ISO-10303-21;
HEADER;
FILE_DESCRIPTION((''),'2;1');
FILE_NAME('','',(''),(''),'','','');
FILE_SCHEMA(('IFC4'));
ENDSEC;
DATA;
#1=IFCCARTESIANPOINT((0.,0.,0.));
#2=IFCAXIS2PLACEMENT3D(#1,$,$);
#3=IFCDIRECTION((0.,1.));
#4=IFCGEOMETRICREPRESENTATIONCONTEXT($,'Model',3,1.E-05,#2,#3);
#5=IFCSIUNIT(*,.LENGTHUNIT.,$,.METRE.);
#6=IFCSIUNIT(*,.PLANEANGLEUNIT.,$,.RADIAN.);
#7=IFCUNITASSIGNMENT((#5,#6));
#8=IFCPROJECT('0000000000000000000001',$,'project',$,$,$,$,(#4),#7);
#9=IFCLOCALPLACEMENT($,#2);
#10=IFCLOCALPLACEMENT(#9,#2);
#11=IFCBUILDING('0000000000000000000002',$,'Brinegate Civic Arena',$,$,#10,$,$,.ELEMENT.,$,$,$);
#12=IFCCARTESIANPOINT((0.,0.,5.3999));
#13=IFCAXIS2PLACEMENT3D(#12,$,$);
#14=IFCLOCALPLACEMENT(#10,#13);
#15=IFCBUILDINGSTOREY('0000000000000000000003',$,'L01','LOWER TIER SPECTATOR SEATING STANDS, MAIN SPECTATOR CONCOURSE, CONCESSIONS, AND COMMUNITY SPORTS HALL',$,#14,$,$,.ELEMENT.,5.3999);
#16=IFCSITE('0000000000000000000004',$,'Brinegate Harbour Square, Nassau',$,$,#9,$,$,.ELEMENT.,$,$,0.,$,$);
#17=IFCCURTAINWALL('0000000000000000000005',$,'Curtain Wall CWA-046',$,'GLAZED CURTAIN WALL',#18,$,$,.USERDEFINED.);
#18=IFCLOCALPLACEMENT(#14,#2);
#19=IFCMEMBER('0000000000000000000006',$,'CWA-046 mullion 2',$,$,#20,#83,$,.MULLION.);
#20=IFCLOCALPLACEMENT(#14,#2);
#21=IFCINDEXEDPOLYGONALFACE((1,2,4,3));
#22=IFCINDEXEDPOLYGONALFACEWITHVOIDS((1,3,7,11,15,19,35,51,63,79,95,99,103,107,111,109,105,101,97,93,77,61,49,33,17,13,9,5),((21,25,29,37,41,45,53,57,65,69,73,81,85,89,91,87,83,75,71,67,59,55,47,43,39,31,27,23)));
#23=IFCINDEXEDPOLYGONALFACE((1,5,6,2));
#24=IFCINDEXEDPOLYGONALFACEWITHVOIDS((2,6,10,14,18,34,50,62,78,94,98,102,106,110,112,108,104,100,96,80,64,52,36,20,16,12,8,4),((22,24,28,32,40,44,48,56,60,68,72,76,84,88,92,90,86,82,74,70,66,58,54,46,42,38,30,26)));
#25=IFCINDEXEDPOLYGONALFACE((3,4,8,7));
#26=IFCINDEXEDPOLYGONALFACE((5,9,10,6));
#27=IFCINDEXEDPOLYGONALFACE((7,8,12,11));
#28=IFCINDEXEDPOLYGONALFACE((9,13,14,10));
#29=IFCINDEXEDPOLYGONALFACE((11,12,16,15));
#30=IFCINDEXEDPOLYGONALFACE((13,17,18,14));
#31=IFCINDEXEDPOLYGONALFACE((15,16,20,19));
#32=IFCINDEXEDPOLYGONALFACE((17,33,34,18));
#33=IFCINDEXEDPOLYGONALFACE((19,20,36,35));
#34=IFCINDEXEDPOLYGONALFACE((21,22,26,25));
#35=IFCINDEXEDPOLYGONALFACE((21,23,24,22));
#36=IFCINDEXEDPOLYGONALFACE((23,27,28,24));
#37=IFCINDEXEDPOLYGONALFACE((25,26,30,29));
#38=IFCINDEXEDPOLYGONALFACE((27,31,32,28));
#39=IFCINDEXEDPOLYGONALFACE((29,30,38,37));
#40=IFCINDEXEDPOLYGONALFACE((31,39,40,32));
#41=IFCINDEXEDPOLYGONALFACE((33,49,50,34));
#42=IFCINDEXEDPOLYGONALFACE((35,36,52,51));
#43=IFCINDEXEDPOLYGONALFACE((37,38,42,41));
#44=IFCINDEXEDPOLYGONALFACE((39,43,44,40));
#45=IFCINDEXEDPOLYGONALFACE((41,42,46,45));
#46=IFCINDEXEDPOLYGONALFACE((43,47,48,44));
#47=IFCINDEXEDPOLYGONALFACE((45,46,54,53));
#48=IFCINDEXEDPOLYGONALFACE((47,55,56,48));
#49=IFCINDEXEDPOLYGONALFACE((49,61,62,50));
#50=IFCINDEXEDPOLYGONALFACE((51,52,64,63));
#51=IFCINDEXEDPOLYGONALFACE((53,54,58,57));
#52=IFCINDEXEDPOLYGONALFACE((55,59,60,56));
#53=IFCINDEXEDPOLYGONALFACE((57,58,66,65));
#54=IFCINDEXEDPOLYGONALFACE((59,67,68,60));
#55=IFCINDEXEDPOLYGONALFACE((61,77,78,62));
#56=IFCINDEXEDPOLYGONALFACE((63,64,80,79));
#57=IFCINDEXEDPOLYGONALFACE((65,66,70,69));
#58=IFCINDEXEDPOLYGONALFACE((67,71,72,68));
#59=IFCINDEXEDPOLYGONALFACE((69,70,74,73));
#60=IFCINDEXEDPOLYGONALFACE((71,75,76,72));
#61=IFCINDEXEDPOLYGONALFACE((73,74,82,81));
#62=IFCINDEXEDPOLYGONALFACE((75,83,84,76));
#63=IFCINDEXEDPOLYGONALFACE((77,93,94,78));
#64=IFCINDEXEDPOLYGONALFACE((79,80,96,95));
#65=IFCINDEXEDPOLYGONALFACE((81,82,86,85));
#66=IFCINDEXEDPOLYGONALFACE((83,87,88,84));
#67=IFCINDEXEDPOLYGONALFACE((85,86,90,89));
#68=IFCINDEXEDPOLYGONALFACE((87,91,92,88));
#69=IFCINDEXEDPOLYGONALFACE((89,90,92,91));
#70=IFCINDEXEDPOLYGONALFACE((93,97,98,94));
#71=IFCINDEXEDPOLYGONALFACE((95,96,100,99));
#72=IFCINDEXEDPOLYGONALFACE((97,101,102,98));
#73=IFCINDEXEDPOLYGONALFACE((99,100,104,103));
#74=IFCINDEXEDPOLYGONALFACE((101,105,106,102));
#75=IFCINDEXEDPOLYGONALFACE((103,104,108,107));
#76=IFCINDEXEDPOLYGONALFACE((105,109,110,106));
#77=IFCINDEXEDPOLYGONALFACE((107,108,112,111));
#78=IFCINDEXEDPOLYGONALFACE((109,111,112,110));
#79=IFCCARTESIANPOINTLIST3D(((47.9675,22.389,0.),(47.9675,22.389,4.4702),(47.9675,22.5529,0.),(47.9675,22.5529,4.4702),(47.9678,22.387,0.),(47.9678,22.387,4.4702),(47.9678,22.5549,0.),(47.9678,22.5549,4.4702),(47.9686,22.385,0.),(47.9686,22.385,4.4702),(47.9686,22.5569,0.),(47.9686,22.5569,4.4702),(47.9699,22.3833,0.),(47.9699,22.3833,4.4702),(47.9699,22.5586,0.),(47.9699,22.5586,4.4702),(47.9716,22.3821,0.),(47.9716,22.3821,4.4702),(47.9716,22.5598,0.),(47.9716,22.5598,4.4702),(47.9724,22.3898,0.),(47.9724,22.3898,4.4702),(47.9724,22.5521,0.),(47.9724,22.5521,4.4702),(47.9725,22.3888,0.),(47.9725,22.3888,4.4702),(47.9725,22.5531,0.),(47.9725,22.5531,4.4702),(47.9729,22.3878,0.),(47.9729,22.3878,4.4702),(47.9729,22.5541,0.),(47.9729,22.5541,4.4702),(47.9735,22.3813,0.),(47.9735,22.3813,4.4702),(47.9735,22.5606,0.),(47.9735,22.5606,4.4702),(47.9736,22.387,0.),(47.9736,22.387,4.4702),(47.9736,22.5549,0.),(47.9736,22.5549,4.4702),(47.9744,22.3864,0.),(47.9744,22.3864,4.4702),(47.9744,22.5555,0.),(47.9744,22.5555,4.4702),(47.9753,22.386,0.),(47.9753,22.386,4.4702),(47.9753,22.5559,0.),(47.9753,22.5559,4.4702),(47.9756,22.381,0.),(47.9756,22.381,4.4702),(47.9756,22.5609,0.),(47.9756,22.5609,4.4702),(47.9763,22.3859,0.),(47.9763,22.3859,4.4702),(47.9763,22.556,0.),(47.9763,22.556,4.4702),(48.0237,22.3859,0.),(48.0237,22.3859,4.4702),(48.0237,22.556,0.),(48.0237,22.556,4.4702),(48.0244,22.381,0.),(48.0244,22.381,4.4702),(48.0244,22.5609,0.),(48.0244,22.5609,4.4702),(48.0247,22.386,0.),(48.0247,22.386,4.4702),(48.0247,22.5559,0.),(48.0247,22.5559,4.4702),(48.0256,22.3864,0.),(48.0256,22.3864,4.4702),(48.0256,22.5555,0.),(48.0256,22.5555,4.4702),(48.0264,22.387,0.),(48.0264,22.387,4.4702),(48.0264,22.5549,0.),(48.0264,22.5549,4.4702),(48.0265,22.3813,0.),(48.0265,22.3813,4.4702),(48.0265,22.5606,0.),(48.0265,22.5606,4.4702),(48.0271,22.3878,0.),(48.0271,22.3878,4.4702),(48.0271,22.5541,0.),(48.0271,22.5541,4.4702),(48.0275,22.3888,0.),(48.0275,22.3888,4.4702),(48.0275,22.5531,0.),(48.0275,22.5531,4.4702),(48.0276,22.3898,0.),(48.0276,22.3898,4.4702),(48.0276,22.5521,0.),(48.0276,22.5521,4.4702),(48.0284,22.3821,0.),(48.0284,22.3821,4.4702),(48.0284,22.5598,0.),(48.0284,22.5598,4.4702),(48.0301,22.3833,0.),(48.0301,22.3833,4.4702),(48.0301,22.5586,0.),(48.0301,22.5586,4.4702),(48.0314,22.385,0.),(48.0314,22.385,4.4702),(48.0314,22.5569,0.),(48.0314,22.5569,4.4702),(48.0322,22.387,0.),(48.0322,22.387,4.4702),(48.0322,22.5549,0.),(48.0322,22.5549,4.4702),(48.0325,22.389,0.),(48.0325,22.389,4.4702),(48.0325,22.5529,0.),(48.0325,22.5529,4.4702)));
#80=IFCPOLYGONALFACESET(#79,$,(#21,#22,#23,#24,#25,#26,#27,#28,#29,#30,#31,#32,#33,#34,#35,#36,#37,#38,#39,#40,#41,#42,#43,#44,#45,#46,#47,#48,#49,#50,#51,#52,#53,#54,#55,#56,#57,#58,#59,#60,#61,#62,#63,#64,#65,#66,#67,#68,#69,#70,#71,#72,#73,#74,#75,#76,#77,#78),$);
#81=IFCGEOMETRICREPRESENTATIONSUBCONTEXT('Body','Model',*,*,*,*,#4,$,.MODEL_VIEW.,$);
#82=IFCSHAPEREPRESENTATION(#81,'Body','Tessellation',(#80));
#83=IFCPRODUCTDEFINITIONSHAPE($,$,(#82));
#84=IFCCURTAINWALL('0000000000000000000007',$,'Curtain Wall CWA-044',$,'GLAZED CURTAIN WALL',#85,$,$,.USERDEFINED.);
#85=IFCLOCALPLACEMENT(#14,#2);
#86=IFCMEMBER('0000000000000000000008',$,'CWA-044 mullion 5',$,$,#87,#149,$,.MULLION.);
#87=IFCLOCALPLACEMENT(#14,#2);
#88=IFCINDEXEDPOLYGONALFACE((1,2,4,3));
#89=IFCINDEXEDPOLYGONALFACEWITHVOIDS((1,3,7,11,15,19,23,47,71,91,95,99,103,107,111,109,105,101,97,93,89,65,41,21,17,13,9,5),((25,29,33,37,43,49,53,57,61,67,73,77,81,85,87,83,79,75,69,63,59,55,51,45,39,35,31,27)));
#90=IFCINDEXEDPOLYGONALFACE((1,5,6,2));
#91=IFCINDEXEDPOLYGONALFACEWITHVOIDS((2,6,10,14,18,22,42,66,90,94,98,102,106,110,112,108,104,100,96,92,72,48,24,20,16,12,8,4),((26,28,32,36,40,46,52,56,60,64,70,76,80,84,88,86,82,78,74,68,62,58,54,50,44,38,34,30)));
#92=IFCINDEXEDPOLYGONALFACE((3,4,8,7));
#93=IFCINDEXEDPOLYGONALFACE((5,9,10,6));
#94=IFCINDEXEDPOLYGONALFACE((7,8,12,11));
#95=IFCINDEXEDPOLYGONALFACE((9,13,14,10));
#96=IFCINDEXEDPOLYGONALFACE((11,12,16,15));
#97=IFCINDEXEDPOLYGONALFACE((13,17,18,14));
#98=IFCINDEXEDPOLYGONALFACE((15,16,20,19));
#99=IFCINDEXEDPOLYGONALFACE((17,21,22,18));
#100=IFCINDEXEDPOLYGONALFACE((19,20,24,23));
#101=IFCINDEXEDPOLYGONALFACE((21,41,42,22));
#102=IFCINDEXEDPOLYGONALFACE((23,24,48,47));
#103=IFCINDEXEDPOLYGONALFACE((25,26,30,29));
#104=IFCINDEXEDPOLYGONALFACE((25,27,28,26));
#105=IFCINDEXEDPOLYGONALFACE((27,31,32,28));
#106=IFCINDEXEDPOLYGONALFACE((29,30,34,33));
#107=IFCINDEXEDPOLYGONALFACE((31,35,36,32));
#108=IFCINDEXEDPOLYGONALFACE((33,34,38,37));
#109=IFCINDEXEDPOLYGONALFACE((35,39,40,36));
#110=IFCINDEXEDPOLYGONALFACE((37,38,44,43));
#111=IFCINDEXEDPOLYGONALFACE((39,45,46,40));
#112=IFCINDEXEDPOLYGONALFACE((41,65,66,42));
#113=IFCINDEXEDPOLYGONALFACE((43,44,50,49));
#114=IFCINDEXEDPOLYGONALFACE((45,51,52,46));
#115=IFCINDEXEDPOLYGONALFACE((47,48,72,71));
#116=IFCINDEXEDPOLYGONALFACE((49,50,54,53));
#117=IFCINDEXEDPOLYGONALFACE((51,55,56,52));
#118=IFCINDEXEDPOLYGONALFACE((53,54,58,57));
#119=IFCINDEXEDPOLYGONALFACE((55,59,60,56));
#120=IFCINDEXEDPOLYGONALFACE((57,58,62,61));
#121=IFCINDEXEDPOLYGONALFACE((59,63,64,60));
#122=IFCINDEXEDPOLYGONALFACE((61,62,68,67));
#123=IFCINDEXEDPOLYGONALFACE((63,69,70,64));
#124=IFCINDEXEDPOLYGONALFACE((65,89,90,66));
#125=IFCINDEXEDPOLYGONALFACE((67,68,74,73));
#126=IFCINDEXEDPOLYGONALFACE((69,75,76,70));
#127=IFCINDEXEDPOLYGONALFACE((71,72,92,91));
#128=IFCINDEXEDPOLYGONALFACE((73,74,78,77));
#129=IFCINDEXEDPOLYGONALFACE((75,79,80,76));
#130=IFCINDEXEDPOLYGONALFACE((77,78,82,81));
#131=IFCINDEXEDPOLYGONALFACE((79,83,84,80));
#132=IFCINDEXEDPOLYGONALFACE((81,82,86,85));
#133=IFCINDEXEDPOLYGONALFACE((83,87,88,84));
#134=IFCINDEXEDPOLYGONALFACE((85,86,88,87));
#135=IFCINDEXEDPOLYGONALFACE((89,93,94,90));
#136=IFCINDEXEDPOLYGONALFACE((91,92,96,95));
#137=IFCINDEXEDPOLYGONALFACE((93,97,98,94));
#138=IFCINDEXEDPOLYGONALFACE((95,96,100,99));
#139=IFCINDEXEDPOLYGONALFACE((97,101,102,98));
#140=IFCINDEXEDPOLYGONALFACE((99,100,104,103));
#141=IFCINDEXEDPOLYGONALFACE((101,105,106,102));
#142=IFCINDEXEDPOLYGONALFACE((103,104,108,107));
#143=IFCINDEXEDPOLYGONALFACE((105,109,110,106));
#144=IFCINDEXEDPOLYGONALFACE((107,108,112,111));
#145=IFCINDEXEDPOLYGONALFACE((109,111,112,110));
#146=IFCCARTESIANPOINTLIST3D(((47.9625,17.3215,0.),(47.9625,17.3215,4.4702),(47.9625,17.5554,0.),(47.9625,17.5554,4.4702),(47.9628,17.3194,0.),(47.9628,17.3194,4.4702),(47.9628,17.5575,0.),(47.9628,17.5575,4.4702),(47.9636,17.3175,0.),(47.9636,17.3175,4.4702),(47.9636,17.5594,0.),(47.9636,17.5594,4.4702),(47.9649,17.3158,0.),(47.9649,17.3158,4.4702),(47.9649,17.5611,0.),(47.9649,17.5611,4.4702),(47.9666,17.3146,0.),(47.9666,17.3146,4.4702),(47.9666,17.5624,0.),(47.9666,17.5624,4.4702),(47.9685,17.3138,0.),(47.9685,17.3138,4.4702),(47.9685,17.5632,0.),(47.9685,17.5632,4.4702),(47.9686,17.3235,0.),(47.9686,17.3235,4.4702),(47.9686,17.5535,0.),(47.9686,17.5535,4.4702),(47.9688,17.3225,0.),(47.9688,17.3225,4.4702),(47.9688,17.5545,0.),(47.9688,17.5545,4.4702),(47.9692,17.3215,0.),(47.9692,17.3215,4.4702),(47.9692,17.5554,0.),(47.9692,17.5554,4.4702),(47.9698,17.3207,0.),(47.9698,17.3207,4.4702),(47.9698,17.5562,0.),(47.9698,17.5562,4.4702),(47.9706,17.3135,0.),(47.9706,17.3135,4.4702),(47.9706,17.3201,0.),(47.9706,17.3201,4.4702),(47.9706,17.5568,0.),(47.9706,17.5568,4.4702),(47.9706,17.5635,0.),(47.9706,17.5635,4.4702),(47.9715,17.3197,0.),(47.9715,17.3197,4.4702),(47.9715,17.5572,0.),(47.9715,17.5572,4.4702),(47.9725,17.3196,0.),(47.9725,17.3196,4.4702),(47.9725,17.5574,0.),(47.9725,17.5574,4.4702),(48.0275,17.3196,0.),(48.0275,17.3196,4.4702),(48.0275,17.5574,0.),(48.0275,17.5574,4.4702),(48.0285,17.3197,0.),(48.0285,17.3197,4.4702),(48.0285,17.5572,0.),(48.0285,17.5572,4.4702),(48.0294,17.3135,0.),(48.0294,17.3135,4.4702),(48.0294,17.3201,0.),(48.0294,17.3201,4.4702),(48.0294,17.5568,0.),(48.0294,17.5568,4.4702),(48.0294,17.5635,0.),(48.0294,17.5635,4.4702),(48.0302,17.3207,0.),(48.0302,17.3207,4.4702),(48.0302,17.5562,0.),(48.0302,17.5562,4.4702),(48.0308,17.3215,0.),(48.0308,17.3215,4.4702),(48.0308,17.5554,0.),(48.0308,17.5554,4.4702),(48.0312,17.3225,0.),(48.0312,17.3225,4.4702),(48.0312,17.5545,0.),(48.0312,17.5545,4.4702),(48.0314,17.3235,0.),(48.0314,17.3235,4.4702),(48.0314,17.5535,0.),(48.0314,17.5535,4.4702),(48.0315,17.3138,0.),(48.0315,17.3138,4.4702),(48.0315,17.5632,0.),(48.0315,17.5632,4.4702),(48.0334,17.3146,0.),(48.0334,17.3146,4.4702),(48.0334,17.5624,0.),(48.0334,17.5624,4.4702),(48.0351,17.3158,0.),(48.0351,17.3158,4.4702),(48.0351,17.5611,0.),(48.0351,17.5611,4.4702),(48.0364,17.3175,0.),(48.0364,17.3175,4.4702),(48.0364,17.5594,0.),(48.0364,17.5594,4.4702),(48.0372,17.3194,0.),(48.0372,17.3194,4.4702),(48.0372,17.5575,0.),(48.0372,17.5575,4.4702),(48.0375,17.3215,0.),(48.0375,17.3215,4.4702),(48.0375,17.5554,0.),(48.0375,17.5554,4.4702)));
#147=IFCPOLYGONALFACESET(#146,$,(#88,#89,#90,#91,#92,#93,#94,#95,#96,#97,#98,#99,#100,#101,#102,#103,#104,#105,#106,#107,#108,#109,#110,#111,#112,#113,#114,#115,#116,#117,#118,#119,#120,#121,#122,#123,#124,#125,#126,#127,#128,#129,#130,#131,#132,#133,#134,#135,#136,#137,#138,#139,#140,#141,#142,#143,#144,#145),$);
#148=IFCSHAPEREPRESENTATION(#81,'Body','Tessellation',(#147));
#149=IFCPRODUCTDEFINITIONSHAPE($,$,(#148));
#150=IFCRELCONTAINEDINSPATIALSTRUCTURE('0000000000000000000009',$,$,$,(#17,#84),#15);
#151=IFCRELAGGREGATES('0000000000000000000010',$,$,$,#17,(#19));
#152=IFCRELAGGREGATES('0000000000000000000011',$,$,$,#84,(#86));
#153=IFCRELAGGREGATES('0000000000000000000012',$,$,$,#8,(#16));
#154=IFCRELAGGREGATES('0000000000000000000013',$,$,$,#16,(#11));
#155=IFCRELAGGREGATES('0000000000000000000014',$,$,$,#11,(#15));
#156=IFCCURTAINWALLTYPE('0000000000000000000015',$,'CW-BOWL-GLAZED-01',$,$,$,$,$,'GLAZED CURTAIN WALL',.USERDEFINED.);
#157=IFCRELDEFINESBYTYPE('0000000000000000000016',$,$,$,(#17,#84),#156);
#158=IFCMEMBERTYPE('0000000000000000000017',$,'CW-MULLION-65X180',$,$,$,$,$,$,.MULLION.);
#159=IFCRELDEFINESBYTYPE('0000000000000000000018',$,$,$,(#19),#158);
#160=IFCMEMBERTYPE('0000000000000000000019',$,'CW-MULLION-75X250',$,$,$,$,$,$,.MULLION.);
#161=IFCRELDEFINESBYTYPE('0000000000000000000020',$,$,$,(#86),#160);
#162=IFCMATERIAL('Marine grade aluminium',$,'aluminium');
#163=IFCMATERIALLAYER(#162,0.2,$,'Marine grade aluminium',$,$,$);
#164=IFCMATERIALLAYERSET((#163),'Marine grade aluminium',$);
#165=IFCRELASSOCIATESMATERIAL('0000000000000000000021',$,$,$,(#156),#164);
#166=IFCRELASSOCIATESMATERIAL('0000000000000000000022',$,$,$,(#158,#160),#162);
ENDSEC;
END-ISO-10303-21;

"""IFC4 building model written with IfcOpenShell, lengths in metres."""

from ifc_helpers import new_model, si_unit, direction, frame, origin, origin_2d, place, context, subcontext, project, spatial, hollow_rectangle, extrude, material, layer, layer_set, material_profile, profile_set, type_object, element, aggregate, save


model = new_model("IFC4")

# Units and contexts
model_context = context("Model", 3, precision=1e-05, world=origin(), true_north=direction((0.0, 1.0)))
body_context = subcontext(model_context, "Body", "Model", "MODEL_VIEW")
ifc_project = project(units=[si_unit("LENGTHUNIT", "METRE"), si_unit("PLANEANGLEUNIT", "RADIAN")], contexts=[model_context])

# Site, building, storey
site_placement = place(None, origin())
site = spatial("IfcSite", under=ifc_project, at=site_placement, Name="Brinegate Harbour Square, Nassau", CompositionType="ELEMENT", RefElevation=0.0)
building_placement = place(site_placement, origin())
building = spatial("IfcBuilding", under=site, at=building_placement, Name="Brinegate Civic Arena", CompositionType="ELEMENT")
storey_placement = place(building_placement, frame((0.0, 0.0, 5.3999)))
storey = spatial("IfcBuildingStorey", under=building, at=storey_placement, Name="L01", Description="LOWER TIER SPECTATOR SEATING STANDS, MAIN SPECTATOR CONCOURSE, CONCESSIONS, AND COMMUNITY SPORTS HALL", CompositionType="ELEMENT", Elevation=5.3999)

# Curtain walls, members
ifc_material_1 = material(Name="Marine grade aluminium", Category="aluminium")
ifc_layer_1 = layer(ifc_material_1, 0.2, Name="Marine grade aluminium")
ifc_layer_set_1 = layer_set([ifc_layer_1], Name="Marine grade aluminium")
curtain_wall_type = type_object("IfcCurtainWallType", Name="CW-BOWL-GLAZED-01", ElementType="GLAZED CURTAIN WALL", PredefinedType="USERDEFINED", material=ifc_layer_set_1)
curtain_wall_1_placement = place(storey_placement, origin())
curtain_wall_1 = element("IfcCurtainWall", 1, at=curtain_wall_1_placement, inside=storey, type_object=curtain_wall_type, Name="Curtain Wall CWA-046", ObjectType="GLAZED CURTAIN WALL", PredefinedType="USERDEFINED")
ifc_material_profile_1 = material_profile(ifc_material_1, hollow_rectangle(XDim=0.0649, YDim=0.1799, WallThickness=0.0049, InnerFilletRadius=0.0039, OuterFilletRadius=0.0081, at=origin_2d()), Name="MUL65X180")
ifc_profile_set_1 = profile_set([ifc_material_profile_1], Name="Marine grade aluminium")
member_type_1 = type_object("IfcMemberType", Name="CW-MULLION-65X180", PredefinedType="MULLION", material=ifc_profile_set_1)
member_1_placement = place(storey_placement, frame((48.0, 22.4709, 0.0), z_axis=(0.0, 0.0, 1.0), x_axis=(-1.0, 0.0, 0.0)))
member_1 = element("IfcMember", 2, at=member_1_placement, type_object=member_type_1, Name="CWA-046 mullion 2", PredefinedType="MULLION", context=body_context, shape_type="SweptSolid", body=[
    extrude(hollow_rectangle(XDim=0.0649, YDim=0.1799, WallThickness=0.0049, InnerFilletRadius=0.0039, OuterFilletRadius=0.0081, at=origin_2d()), origin(), (0.0, 0.0, 1.0), 4.4702),
])
curtain_wall_2_placement = place(storey_placement, origin())
curtain_wall_2 = element("IfcCurtainWall", 3, at=curtain_wall_2_placement, inside=storey, type_object=curtain_wall_type, Name="Curtain Wall CWA-044", ObjectType="GLAZED CURTAIN WALL", PredefinedType="USERDEFINED")
ifc_material_profile_2 = material_profile(ifc_material_1, hollow_rectangle(XDim=0.075, YDim=0.25, WallThickness=0.0061, InnerFilletRadius=0.0039, OuterFilletRadius=0.0081, at=origin_2d()), Name="MUL75X250")
ifc_profile_set_2 = profile_set([ifc_material_profile_2], Name="Marine grade aluminium")
member_type_2 = type_object("IfcMemberType", Name="CW-MULLION-75X250", PredefinedType="MULLION", material=ifc_profile_set_2)
member_2_placement = place(storey_placement, frame((48.0, 17.4385, 0.0), z_axis=(0.0, 0.0, 1.0), x_axis=(-1.0, 0.0, 0.0)))
member_2 = element("IfcMember", 4, at=member_2_placement, type_object=member_type_2, Name="CWA-044 mullion 5", PredefinedType="MULLION", context=body_context, shape_type="SweptSolid", body=[
    extrude(hollow_rectangle(XDim=0.075, YDim=0.25, WallThickness=0.0061, InnerFilletRadius=0.0039, OuterFilletRadius=0.0081, at=origin_2d()), origin(), (0.0, 0.0, 1.0), 4.4702),
])

aggregate(curtain_wall_1, [member_1])
aggregate(curtain_wall_2, [member_2])

save(model, "model.ifc")
